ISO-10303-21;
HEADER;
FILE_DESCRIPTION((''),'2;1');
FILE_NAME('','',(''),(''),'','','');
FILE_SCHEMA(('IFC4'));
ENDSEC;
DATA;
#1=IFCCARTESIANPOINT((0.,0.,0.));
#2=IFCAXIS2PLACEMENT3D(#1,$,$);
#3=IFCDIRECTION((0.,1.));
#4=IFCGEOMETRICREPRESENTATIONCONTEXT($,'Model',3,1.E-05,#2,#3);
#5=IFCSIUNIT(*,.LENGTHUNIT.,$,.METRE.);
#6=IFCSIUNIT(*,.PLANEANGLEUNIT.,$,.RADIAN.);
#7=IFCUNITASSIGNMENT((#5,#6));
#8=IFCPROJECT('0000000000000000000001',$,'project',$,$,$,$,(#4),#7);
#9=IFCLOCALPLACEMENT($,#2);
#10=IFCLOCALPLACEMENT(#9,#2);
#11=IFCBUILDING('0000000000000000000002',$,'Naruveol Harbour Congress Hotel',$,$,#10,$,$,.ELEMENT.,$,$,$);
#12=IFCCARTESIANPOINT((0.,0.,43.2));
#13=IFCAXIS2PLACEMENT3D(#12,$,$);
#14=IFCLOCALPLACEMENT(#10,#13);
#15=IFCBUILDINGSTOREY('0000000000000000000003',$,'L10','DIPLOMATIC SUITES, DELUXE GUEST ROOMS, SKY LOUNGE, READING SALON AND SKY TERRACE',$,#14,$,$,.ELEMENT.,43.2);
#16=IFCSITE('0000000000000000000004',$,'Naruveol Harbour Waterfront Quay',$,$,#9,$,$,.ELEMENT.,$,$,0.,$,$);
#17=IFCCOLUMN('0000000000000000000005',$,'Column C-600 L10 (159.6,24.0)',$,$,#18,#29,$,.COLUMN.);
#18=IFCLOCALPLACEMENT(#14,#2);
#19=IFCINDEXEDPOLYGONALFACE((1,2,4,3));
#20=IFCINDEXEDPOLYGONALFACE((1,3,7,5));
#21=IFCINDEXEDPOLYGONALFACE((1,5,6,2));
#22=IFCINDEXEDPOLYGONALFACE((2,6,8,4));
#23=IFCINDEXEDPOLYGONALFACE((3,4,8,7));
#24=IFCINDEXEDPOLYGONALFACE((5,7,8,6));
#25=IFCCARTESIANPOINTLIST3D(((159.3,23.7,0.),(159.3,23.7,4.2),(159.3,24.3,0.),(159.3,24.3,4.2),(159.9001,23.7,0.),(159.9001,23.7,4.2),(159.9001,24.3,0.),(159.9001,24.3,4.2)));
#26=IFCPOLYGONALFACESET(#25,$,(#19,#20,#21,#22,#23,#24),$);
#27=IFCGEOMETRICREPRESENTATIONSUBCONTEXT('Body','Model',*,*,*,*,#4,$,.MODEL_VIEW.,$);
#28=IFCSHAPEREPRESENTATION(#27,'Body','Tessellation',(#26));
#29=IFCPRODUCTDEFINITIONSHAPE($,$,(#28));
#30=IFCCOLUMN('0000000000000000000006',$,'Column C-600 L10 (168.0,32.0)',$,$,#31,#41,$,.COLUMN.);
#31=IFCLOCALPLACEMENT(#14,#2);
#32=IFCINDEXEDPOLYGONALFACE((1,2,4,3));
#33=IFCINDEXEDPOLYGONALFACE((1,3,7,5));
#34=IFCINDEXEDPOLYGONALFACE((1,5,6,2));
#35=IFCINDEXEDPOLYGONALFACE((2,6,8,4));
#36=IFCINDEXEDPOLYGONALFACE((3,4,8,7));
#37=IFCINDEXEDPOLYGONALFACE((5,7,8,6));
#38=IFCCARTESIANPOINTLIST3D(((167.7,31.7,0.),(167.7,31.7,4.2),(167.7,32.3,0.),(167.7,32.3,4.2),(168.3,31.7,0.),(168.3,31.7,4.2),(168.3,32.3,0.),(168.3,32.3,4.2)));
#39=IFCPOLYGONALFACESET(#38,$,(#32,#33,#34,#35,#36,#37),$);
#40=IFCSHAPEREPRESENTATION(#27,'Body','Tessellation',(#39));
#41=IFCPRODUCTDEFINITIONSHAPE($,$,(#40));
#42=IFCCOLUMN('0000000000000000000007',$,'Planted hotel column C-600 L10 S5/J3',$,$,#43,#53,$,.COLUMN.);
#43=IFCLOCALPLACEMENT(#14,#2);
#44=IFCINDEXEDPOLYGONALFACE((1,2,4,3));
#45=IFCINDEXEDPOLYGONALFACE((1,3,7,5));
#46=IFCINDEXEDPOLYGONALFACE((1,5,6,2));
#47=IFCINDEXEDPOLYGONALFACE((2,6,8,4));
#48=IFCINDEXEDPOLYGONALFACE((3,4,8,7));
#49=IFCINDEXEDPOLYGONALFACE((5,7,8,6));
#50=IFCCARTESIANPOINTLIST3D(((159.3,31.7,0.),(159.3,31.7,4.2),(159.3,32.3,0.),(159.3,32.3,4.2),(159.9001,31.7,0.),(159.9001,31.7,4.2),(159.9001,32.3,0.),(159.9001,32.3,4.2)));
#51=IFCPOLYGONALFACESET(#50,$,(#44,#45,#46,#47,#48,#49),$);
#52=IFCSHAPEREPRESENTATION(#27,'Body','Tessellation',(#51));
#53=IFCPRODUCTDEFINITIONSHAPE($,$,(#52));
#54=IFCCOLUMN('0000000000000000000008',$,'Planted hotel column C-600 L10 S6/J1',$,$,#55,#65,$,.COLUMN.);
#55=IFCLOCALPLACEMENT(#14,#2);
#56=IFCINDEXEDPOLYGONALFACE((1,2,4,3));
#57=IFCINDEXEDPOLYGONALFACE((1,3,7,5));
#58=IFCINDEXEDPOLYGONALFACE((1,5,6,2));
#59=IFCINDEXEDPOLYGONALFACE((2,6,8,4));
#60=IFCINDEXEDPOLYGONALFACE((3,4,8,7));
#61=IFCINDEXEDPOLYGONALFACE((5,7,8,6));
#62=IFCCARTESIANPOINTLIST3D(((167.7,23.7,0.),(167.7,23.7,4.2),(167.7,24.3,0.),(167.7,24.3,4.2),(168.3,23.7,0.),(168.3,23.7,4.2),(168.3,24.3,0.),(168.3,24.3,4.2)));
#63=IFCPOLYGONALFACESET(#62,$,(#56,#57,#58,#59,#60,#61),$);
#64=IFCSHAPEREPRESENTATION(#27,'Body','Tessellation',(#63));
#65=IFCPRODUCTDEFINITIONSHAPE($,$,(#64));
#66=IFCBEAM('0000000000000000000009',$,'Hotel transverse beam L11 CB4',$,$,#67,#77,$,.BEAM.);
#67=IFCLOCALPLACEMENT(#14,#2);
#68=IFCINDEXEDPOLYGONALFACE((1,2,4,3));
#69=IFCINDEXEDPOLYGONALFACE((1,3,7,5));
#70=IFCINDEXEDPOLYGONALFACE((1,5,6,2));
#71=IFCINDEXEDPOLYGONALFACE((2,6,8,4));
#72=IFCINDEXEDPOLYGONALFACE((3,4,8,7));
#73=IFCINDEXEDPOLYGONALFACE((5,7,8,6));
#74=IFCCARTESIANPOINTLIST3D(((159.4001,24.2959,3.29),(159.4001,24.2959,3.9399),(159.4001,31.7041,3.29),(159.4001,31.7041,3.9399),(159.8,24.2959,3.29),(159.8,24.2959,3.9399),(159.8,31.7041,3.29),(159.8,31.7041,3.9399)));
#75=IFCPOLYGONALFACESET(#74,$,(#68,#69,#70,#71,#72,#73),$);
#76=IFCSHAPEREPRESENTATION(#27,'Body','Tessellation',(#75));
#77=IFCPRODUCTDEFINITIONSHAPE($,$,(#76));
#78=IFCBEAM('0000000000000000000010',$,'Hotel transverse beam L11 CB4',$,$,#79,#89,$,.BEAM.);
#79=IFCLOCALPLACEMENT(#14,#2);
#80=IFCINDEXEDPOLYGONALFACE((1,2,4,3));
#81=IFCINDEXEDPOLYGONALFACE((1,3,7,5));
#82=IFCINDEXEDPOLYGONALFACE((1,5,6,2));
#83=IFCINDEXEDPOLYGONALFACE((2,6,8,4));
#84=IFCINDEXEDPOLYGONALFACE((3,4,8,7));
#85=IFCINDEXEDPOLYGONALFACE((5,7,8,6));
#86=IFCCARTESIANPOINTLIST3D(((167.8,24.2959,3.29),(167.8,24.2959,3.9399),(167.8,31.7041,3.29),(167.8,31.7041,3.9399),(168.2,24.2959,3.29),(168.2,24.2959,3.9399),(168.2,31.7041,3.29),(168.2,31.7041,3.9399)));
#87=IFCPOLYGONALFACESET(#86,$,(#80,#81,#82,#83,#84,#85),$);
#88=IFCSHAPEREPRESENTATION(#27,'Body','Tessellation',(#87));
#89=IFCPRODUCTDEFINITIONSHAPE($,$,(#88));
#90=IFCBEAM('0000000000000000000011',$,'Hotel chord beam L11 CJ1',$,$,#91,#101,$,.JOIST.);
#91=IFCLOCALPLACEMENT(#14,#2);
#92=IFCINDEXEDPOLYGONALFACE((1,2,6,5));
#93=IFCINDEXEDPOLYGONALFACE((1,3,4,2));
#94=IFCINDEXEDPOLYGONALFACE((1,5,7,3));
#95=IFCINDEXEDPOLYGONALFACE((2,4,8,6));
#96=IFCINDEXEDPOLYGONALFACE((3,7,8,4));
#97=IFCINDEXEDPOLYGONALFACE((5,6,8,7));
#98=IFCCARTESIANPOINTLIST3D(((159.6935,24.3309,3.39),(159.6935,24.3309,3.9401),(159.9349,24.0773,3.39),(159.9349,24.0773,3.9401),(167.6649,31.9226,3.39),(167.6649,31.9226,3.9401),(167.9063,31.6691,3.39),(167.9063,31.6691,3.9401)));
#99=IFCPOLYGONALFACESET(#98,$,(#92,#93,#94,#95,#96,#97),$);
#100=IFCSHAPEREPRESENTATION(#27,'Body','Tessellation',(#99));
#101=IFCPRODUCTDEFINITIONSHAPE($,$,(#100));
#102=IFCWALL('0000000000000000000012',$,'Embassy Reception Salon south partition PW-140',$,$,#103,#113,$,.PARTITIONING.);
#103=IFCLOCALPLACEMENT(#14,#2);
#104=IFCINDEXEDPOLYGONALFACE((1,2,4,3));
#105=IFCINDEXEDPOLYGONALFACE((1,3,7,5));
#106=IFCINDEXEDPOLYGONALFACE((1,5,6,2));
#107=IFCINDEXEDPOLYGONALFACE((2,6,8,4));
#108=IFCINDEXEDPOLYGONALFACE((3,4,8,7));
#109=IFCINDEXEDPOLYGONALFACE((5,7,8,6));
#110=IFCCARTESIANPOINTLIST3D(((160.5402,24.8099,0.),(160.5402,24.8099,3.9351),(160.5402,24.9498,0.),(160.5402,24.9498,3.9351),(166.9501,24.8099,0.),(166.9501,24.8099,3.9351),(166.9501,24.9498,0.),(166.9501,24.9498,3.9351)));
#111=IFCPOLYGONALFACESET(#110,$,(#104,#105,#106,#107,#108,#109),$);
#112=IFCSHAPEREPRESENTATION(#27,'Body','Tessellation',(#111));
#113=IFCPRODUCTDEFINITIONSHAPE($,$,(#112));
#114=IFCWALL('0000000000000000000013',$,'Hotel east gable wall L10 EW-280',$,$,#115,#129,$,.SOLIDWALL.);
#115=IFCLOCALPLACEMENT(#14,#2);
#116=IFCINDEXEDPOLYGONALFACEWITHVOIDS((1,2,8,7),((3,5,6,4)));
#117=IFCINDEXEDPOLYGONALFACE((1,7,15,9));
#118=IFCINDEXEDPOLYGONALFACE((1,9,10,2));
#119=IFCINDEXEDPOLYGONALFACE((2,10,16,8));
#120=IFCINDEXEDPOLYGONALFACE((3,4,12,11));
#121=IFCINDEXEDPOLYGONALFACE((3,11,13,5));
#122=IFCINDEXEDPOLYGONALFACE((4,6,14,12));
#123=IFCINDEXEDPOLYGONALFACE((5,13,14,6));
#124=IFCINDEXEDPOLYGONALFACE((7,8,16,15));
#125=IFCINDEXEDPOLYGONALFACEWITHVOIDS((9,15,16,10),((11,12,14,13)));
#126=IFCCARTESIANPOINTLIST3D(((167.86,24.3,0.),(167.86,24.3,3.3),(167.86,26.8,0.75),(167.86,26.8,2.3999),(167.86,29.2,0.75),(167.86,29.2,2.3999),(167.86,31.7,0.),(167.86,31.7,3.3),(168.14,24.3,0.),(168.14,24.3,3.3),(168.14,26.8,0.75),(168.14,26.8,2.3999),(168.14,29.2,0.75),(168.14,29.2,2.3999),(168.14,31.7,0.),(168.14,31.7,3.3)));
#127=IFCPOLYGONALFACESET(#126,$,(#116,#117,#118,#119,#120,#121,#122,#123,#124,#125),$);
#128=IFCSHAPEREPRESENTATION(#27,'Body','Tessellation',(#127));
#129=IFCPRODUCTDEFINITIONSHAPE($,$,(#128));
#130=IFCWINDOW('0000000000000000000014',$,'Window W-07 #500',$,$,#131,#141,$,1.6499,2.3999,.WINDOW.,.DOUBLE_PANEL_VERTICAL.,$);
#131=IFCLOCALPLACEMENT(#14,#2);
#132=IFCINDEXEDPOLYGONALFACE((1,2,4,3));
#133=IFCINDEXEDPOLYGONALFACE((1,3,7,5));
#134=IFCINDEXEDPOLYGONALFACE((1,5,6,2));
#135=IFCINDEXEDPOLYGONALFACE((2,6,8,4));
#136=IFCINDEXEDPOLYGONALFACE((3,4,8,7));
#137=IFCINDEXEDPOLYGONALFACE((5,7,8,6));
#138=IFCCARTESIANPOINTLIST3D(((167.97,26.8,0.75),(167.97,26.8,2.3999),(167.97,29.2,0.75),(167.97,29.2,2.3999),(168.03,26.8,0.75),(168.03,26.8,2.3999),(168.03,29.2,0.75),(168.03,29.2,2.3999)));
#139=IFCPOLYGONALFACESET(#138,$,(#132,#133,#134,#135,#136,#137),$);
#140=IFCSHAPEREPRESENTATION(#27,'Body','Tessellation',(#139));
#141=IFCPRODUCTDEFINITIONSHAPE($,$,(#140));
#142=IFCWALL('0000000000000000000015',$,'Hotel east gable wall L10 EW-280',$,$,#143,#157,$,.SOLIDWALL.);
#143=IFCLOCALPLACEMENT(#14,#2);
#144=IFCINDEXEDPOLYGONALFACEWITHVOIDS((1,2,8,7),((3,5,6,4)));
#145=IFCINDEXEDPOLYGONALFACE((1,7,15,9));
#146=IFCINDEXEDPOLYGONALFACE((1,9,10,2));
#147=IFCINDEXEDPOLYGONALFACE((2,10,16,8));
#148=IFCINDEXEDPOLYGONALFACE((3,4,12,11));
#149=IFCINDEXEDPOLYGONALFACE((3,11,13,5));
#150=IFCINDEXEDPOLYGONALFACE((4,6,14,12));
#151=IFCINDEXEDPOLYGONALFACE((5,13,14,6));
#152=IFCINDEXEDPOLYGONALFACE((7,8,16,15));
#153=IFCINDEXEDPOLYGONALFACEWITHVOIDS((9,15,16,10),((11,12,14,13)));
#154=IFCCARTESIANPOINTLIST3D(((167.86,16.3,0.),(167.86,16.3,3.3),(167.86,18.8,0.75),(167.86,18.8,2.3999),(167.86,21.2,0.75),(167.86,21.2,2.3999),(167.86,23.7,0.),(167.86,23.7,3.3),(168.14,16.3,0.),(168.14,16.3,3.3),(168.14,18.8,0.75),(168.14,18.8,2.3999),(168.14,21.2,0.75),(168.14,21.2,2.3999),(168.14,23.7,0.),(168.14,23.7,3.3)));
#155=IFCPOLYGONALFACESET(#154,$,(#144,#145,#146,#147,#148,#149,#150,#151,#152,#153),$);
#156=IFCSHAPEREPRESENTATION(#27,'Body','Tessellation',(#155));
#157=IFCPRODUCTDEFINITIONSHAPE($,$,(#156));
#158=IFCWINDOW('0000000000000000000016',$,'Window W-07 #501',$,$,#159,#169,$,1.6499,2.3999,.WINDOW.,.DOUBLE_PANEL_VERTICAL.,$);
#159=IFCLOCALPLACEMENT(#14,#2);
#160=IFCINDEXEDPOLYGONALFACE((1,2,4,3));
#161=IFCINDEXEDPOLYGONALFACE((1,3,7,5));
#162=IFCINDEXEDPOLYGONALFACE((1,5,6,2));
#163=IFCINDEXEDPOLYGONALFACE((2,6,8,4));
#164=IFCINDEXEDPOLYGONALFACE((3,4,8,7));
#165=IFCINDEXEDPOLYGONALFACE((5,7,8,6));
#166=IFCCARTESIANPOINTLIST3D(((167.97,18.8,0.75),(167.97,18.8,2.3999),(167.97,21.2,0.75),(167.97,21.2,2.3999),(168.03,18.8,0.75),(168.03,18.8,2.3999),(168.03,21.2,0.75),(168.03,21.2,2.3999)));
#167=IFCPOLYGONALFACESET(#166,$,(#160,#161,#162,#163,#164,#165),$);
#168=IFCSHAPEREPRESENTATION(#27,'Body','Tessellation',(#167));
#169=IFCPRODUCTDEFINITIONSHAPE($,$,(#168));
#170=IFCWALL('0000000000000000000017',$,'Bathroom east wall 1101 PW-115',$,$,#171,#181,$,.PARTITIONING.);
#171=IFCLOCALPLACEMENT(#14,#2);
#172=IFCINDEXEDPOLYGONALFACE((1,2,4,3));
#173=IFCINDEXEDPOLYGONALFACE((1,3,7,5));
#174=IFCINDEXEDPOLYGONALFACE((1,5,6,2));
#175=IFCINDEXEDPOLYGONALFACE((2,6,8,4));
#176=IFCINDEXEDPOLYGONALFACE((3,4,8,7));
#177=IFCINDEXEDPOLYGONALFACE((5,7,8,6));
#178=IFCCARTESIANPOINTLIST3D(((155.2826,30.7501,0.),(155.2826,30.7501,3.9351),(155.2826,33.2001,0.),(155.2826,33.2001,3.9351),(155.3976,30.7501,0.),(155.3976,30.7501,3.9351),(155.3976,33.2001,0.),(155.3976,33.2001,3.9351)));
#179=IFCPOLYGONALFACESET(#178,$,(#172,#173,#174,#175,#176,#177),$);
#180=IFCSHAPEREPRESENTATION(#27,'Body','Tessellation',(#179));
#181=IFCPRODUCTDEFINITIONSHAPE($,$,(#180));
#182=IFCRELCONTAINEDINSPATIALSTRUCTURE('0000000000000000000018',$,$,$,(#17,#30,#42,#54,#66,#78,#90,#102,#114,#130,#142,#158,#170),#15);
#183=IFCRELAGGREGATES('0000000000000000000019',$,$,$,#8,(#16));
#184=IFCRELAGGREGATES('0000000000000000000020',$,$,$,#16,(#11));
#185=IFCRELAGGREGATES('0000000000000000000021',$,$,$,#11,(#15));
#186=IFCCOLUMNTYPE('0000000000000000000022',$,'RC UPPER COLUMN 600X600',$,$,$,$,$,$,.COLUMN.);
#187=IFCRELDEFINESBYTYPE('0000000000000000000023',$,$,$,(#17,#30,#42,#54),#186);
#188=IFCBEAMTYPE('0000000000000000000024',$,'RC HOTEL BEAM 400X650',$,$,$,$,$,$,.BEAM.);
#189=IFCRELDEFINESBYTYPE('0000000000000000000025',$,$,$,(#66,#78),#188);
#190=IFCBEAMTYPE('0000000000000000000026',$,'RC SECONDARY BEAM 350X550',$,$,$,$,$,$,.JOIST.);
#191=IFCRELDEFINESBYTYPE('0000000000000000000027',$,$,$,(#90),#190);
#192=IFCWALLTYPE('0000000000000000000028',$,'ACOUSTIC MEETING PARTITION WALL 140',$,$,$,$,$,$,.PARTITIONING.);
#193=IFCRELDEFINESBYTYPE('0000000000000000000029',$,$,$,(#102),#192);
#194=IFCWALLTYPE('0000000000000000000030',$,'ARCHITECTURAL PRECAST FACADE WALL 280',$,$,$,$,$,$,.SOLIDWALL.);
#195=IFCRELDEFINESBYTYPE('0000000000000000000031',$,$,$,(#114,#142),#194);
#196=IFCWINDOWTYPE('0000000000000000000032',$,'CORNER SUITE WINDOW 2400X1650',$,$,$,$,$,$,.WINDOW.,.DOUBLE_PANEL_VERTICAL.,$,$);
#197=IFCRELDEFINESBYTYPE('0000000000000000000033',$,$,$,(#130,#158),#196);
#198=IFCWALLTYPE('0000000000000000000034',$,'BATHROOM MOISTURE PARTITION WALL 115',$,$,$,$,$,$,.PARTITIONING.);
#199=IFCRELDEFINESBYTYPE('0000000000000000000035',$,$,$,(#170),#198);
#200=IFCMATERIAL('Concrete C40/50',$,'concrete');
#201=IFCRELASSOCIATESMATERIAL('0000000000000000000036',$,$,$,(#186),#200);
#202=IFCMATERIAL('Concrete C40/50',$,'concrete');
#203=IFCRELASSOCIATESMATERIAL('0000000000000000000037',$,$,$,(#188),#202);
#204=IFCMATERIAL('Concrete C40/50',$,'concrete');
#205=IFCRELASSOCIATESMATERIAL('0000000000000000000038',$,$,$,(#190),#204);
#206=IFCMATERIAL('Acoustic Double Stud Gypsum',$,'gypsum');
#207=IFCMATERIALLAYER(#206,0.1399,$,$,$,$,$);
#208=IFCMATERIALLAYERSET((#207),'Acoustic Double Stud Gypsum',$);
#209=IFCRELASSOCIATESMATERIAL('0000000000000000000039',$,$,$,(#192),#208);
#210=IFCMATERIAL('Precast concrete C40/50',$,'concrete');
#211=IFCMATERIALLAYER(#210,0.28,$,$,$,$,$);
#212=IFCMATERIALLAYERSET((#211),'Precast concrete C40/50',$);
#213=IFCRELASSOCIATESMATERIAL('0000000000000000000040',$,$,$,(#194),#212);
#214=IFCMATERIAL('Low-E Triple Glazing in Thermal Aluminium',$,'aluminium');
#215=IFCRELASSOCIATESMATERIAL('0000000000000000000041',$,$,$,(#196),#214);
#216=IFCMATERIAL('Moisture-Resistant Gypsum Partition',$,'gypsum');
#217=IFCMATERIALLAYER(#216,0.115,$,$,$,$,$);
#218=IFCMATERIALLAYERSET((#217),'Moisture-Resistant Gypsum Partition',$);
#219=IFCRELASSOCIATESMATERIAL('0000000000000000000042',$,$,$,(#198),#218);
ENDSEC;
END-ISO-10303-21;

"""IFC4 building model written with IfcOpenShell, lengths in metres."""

from ifc_helpers import new_model, si_unit, direction, frame, frame_2d, origin, origin_2d, place, context, subcontext, project, spatial, rectangle, extrude, material, layer, layer_set, material_profile, profile_set, type_object, element, fill, save


model = new_model("IFC4")

# Units and contexts
model_context = context("Model", 3, precision=1e-05, world=origin(), true_north=direction((0.0, 1.0)))
body_context = subcontext(model_context, "Body", "Model", "MODEL_VIEW")
ifc_project = project(units=[si_unit("LENGTHUNIT", "METRE"), si_unit("PLANEANGLEUNIT", "RADIAN")], contexts=[model_context])

# Site, building, storey
site_placement = place(None, origin())
site = spatial("IfcSite", under=ifc_project, at=site_placement, Name="Naruveol Harbour Waterfront Quay", CompositionType="ELEMENT", RefElevation=0.0)
building_placement = place(site_placement, origin())
building = spatial("IfcBuilding", under=site, at=building_placement, Name="Naruveol Harbour Congress Hotel", CompositionType="ELEMENT")
storey_placement = place(building_placement, frame((0.0, 0.0, 43.2)))
storey = spatial("IfcBuildingStorey", under=building, at=storey_placement, Name="L10", Description="DIPLOMATIC SUITES, DELUXE GUEST ROOMS, SKY LOUNGE, READING SALON AND SKY TERRACE", CompositionType="ELEMENT", Elevation=43.2)

# Columns
ifc_material_1 = material(Name="Concrete C40/50", Category="concrete")
ifc_material_profile_1 = material_profile(ifc_material_1, rectangle(XDim=0.6001, YDim=0.6001, at=origin_2d()), Name="RC-600x600")
ifc_profile_set_1 = profile_set([ifc_material_profile_1], Name="Concrete C40/50")
column_type = type_object("IfcColumnType", Name="RC UPPER COLUMN 600X600", PredefinedType="COLUMN", material=ifc_profile_set_1)
for number, where, z_axis, x_axis, name in (
    (1, (159.6001, 24.0, 0.0), (0.0, 0.0, 1.0), (1.0, 0.0, 0.0), "Column C-600 L10 (159.6,24.0)"),
    (2, (168.0, 32.0, 0.0), (0.0, 0.0, 1.0), (1.0, 0.0, 0.0), "Column C-600 L10 (168.0,32.0)"),
    (3, (159.6001, 32.0, 0.0), (0.0, 0.0, 1.0), (1.0, 0.0, 0.0), "Planted hotel column C-600 L10 S5/J3"),
    (4, (168.0, 24.0, 0.0), (0.0, 0.0, 1.0), (1.0, 0.0, 0.0), "Planted hotel column C-600 L10 S6/J1"),
):
    element("IfcColumn", number, at=place(storey_placement, frame(where, z_axis=z_axis, x_axis=x_axis)), inside=storey, type_object=column_type, Name=name, PredefinedType="COLUMN", context=body_context, shape_type="SweptSolid", body=[
        extrude(rectangle(XDim=0.6001, YDim=0.6001, at=origin_2d()), origin(), (0.0, 0.0, 1.0), 4.2),
    ])

# Beams
ifc_material_2 = material(Name="Concrete C40/50", Category="concrete")
ifc_material_profile_2 = material_profile(ifc_material_2, rectangle(XDim=0.3999, YDim=0.6499, at=origin_2d()), Name="RCB-400x650")
ifc_profile_set_2 = profile_set([ifc_material_profile_2], Name="Concrete C40/50")
beam_type_1 = type_object("IfcBeamType", Name="RC HOTEL BEAM 400X650", PredefinedType="BEAM", material=ifc_profile_set_2)
for number, where, z_axis, x_axis, name in (
    (5, (159.6001, 24.2959, 3.615), (0.0, 1.0, 0.0), (-1.0, 0.0, 0.0), "Hotel transverse beam L11 CB4"),
    (6, (168.0, 24.2959, 3.615), (0.0, 1.0, 0.0), (-1.0, 0.0, 0.0), "Hotel transverse beam L11 CB4"),
):
    element("IfcBeam", number, at=place(storey_placement, frame(where, z_axis=z_axis, x_axis=x_axis)), inside=storey, type_object=beam_type_1, Name=name, PredefinedType="BEAM", context=body_context, shape_type="SweptSolid", body=[
        extrude(rectangle(XDim=0.3999, YDim=0.6499, at=origin_2d()), origin(), (0.0, 0.0, 1.0), 7.4082),
    ])
ifc_material_3 = material(Name="Concrete C40/50", Category="concrete")
ifc_material_profile_3 = material_profile(ifc_material_3, rectangle(XDim=0.3501, YDim=0.55, at=origin_2d()), Name="RCB-350x550")
ifc_profile_set_3 = profile_set([ifc_material_profile_3], Name="Concrete C40/50")
beam_type_2 = type_object("IfcBeamType", Name="RC SECONDARY BEAM 350X550", PredefinedType="JOIST", material=ifc_profile_set_3)
beam_placement = place(storey_placement, frame((159.8142, 24.2041, 3.665), z_axis=(0.72414, 0.689653, 0.0), x_axis=(-0.689653, 0.72414, 0.0)))
element("IfcBeam", 7, at=beam_placement, inside=storey, type_object=beam_type_2, Name="Hotel chord beam L11 CJ1", PredefinedType="JOIST", context=body_context, shape_type="SweptSolid", body=[
    extrude(rectangle(XDim=0.3501, YDim=0.55, at=origin_2d()), origin(), (0.0, 0.0, 1.0), 11.0081),
])

# Shared definitions
ifc_material_4 = material(Name="Acoustic Double Stud Gypsum", Category="gypsum")
ifc_layer_1 = layer(ifc_material_4, 0.1399)
ifc_layer_set_1 = layer_set([ifc_layer_1], Name="Acoustic Double Stud Gypsum")
wall_type_1 = type_object("IfcWallType", Name="ACOUSTIC MEETING PARTITION WALL 140", PredefinedType="PARTITIONING", material=ifc_layer_set_1)

# Wall
wall_1_placement = place(storey_placement, frame((160.54, 24.8799, 0.0), z_axis=(0.0, 0.0, 1.0), x_axis=(1.0, 0.0, 0.0)))
element("IfcWall", 8, at=wall_1_placement, inside=storey, type_object=wall_type_1, Name="Embassy Reception Salon south partition PW-140", PredefinedType="PARTITIONING", context=body_context, shape_type="SweptSolid", body=[
    extrude(rectangle(XDim=6.4099, YDim=0.1399, at=frame_2d((3.2051, 0.0))), origin(), (0.0, 0.0, 1.0), 3.9351),
])

# Walls, openings, windows
ifc_material_5 = material(Name="Precast concrete C40/50", Category="concrete")
ifc_layer_2 = layer(ifc_material_5, 0.28)
ifc_layer_set_2 = layer_set([ifc_layer_2], Name="Precast concrete C40/50")
wall_type_2 = type_object("IfcWallType", Name="ARCHITECTURAL PRECAST FACADE WALL 280", PredefinedType="SOLIDWALL", material=ifc_layer_set_2)
wall_2_placement = place(storey_placement, frame((168.0, 31.7, 0.0), z_axis=(0.0, 0.0, 1.0), x_axis=(0.0, -1.0, 0.0)))
wall_2 = element("IfcWall", 9, at=wall_2_placement, inside=storey, type_object=wall_type_2, Name="Hotel east gable wall L10 EW-280", PredefinedType="SOLIDWALL", context=body_context, shape_type="SweptSolid", body=[
    extrude(rectangle(XDim=7.3999, YDim=0.28, at=frame_2d((3.7, 0.0))), origin(), (0.0, 0.0, 1.0), 3.3),
])
opening_1_placement = place(wall_2_placement, frame((2.5, 0.0, 0.75)))
opening_1 = element("IfcOpeningElement", 10, at=opening_1_placement, cuts=wall_2, PredefinedType="OPENING", context=body_context, shape_type="SweptSolid", body=[
    extrude(rectangle(XDim=2.3999, YDim=1.6499, at=frame_2d((1.2, 0.825))), frame((0.0, 0.1499, 0.0), z_axis=(0.0, -1.0, 0.0), x_axis=(1.0, 0.0, 0.0)), (0.0, 0.0, 1.0), 0.3),
])
ifc_material_6 = material(Name="Low-E Triple Glazing in Thermal Aluminium", Category="aluminium")
window_type = type_object("IfcWindowType", Name="CORNER SUITE WINDOW 2400X1650", PartitioningType="DOUBLE_PANEL_VERTICAL", PredefinedType="WINDOW", material=ifc_material_6)
window_1_placement = place(opening_1_placement, origin())
window_1 = element("IfcWindow", 11, at=window_1_placement, inside=storey, type_object=window_type, Name="Window W-07 #500", OverallHeight=1.6499, OverallWidth=2.3999, PartitioningType="DOUBLE_PANEL_VERTICAL", PredefinedType="WINDOW", context=body_context, shape_type="SweptSolid", body=[
    extrude(rectangle(XDim=2.3999, YDim=1.6499, at=frame_2d((1.2, 0.825))), frame((0.0, 0.03, 0.0), z_axis=(0.0, -1.0, 0.0), x_axis=(1.0, 0.0, 0.0)), (0.0, 0.0, 1.0), 0.0601),
])
fill(opening_1, window_1)
wall_3_placement = place(storey_placement, frame((168.0, 23.7, 0.0), z_axis=(0.0, 0.0, 1.0), x_axis=(0.0, -1.0, 0.0)))
wall_3 = element("IfcWall", 12, at=wall_3_placement, inside=storey, type_object=wall_type_2, Name="Hotel east gable wall L10 EW-280", PredefinedType="SOLIDWALL", context=body_context, shape_type="SweptSolid", body=[
    extrude(rectangle(XDim=7.3999, YDim=0.28, at=frame_2d((3.7, 0.0))), origin(), (0.0, 0.0, 1.0), 3.3),
])
opening_2_placement = place(wall_3_placement, frame((2.5, 0.0, 0.75)))
opening_2 = element("IfcOpeningElement", 13, at=opening_2_placement, cuts=wall_3, PredefinedType="OPENING", context=body_context, shape_type="SweptSolid", body=[
    extrude(rectangle(XDim=2.3999, YDim=1.6499, at=frame_2d((1.2, 0.825))), frame((0.0, 0.1499, 0.0), z_axis=(0.0, -1.0, 0.0), x_axis=(1.0, 0.0, 0.0)), (0.0, 0.0, 1.0), 0.3),
])
window_2_placement = place(opening_2_placement, origin())
window_2 = element("IfcWindow", 14, at=window_2_placement, inside=storey, type_object=window_type, Name="Window W-07 #501", OverallHeight=1.6499, OverallWidth=2.3999, PartitioningType="DOUBLE_PANEL_VERTICAL", PredefinedType="WINDOW", context=body_context, shape_type="SweptSolid", body=[
    extrude(rectangle(XDim=2.3999, YDim=1.6499, at=frame_2d((1.2, 0.825))), frame((0.0, 0.03, 0.0), z_axis=(0.0, -1.0, 0.0), x_axis=(1.0, 0.0, 0.0)), (0.0, 0.0, 1.0), 0.0601),
])
fill(opening_2, window_2)

# Wall
ifc_material_7 = material(Name="Moisture-Resistant Gypsum Partition", Category="gypsum")
ifc_layer_3 = layer(ifc_material_7, 0.115)
ifc_layer_set_3 = layer_set([ifc_layer_3], Name="Moisture-Resistant Gypsum Partition")
wall_type_3 = type_object("IfcWallType", Name="BATHROOM MOISTURE PARTITION WALL 115", PredefinedType="PARTITIONING", material=ifc_layer_set_3)
wall_4_placement = place(storey_placement, frame((155.3401, 30.75, 0.0), z_axis=(0.0, 0.0, 1.0), x_axis=(0.0, 1.0, 0.0)))
element("IfcWall", 15, at=wall_4_placement, inside=storey, type_object=wall_type_3, Name="Bathroom east wall 1101 PW-115", PredefinedType="PARTITIONING", context=body_context, shape_type="SweptSolid", body=[
    extrude(rectangle(XDim=2.45, YDim=0.115, at=frame_2d((1.2251, 0.0))), origin(), (0.0, 0.0, 1.0), 3.9351),
])

save(model, "model.ifc")
